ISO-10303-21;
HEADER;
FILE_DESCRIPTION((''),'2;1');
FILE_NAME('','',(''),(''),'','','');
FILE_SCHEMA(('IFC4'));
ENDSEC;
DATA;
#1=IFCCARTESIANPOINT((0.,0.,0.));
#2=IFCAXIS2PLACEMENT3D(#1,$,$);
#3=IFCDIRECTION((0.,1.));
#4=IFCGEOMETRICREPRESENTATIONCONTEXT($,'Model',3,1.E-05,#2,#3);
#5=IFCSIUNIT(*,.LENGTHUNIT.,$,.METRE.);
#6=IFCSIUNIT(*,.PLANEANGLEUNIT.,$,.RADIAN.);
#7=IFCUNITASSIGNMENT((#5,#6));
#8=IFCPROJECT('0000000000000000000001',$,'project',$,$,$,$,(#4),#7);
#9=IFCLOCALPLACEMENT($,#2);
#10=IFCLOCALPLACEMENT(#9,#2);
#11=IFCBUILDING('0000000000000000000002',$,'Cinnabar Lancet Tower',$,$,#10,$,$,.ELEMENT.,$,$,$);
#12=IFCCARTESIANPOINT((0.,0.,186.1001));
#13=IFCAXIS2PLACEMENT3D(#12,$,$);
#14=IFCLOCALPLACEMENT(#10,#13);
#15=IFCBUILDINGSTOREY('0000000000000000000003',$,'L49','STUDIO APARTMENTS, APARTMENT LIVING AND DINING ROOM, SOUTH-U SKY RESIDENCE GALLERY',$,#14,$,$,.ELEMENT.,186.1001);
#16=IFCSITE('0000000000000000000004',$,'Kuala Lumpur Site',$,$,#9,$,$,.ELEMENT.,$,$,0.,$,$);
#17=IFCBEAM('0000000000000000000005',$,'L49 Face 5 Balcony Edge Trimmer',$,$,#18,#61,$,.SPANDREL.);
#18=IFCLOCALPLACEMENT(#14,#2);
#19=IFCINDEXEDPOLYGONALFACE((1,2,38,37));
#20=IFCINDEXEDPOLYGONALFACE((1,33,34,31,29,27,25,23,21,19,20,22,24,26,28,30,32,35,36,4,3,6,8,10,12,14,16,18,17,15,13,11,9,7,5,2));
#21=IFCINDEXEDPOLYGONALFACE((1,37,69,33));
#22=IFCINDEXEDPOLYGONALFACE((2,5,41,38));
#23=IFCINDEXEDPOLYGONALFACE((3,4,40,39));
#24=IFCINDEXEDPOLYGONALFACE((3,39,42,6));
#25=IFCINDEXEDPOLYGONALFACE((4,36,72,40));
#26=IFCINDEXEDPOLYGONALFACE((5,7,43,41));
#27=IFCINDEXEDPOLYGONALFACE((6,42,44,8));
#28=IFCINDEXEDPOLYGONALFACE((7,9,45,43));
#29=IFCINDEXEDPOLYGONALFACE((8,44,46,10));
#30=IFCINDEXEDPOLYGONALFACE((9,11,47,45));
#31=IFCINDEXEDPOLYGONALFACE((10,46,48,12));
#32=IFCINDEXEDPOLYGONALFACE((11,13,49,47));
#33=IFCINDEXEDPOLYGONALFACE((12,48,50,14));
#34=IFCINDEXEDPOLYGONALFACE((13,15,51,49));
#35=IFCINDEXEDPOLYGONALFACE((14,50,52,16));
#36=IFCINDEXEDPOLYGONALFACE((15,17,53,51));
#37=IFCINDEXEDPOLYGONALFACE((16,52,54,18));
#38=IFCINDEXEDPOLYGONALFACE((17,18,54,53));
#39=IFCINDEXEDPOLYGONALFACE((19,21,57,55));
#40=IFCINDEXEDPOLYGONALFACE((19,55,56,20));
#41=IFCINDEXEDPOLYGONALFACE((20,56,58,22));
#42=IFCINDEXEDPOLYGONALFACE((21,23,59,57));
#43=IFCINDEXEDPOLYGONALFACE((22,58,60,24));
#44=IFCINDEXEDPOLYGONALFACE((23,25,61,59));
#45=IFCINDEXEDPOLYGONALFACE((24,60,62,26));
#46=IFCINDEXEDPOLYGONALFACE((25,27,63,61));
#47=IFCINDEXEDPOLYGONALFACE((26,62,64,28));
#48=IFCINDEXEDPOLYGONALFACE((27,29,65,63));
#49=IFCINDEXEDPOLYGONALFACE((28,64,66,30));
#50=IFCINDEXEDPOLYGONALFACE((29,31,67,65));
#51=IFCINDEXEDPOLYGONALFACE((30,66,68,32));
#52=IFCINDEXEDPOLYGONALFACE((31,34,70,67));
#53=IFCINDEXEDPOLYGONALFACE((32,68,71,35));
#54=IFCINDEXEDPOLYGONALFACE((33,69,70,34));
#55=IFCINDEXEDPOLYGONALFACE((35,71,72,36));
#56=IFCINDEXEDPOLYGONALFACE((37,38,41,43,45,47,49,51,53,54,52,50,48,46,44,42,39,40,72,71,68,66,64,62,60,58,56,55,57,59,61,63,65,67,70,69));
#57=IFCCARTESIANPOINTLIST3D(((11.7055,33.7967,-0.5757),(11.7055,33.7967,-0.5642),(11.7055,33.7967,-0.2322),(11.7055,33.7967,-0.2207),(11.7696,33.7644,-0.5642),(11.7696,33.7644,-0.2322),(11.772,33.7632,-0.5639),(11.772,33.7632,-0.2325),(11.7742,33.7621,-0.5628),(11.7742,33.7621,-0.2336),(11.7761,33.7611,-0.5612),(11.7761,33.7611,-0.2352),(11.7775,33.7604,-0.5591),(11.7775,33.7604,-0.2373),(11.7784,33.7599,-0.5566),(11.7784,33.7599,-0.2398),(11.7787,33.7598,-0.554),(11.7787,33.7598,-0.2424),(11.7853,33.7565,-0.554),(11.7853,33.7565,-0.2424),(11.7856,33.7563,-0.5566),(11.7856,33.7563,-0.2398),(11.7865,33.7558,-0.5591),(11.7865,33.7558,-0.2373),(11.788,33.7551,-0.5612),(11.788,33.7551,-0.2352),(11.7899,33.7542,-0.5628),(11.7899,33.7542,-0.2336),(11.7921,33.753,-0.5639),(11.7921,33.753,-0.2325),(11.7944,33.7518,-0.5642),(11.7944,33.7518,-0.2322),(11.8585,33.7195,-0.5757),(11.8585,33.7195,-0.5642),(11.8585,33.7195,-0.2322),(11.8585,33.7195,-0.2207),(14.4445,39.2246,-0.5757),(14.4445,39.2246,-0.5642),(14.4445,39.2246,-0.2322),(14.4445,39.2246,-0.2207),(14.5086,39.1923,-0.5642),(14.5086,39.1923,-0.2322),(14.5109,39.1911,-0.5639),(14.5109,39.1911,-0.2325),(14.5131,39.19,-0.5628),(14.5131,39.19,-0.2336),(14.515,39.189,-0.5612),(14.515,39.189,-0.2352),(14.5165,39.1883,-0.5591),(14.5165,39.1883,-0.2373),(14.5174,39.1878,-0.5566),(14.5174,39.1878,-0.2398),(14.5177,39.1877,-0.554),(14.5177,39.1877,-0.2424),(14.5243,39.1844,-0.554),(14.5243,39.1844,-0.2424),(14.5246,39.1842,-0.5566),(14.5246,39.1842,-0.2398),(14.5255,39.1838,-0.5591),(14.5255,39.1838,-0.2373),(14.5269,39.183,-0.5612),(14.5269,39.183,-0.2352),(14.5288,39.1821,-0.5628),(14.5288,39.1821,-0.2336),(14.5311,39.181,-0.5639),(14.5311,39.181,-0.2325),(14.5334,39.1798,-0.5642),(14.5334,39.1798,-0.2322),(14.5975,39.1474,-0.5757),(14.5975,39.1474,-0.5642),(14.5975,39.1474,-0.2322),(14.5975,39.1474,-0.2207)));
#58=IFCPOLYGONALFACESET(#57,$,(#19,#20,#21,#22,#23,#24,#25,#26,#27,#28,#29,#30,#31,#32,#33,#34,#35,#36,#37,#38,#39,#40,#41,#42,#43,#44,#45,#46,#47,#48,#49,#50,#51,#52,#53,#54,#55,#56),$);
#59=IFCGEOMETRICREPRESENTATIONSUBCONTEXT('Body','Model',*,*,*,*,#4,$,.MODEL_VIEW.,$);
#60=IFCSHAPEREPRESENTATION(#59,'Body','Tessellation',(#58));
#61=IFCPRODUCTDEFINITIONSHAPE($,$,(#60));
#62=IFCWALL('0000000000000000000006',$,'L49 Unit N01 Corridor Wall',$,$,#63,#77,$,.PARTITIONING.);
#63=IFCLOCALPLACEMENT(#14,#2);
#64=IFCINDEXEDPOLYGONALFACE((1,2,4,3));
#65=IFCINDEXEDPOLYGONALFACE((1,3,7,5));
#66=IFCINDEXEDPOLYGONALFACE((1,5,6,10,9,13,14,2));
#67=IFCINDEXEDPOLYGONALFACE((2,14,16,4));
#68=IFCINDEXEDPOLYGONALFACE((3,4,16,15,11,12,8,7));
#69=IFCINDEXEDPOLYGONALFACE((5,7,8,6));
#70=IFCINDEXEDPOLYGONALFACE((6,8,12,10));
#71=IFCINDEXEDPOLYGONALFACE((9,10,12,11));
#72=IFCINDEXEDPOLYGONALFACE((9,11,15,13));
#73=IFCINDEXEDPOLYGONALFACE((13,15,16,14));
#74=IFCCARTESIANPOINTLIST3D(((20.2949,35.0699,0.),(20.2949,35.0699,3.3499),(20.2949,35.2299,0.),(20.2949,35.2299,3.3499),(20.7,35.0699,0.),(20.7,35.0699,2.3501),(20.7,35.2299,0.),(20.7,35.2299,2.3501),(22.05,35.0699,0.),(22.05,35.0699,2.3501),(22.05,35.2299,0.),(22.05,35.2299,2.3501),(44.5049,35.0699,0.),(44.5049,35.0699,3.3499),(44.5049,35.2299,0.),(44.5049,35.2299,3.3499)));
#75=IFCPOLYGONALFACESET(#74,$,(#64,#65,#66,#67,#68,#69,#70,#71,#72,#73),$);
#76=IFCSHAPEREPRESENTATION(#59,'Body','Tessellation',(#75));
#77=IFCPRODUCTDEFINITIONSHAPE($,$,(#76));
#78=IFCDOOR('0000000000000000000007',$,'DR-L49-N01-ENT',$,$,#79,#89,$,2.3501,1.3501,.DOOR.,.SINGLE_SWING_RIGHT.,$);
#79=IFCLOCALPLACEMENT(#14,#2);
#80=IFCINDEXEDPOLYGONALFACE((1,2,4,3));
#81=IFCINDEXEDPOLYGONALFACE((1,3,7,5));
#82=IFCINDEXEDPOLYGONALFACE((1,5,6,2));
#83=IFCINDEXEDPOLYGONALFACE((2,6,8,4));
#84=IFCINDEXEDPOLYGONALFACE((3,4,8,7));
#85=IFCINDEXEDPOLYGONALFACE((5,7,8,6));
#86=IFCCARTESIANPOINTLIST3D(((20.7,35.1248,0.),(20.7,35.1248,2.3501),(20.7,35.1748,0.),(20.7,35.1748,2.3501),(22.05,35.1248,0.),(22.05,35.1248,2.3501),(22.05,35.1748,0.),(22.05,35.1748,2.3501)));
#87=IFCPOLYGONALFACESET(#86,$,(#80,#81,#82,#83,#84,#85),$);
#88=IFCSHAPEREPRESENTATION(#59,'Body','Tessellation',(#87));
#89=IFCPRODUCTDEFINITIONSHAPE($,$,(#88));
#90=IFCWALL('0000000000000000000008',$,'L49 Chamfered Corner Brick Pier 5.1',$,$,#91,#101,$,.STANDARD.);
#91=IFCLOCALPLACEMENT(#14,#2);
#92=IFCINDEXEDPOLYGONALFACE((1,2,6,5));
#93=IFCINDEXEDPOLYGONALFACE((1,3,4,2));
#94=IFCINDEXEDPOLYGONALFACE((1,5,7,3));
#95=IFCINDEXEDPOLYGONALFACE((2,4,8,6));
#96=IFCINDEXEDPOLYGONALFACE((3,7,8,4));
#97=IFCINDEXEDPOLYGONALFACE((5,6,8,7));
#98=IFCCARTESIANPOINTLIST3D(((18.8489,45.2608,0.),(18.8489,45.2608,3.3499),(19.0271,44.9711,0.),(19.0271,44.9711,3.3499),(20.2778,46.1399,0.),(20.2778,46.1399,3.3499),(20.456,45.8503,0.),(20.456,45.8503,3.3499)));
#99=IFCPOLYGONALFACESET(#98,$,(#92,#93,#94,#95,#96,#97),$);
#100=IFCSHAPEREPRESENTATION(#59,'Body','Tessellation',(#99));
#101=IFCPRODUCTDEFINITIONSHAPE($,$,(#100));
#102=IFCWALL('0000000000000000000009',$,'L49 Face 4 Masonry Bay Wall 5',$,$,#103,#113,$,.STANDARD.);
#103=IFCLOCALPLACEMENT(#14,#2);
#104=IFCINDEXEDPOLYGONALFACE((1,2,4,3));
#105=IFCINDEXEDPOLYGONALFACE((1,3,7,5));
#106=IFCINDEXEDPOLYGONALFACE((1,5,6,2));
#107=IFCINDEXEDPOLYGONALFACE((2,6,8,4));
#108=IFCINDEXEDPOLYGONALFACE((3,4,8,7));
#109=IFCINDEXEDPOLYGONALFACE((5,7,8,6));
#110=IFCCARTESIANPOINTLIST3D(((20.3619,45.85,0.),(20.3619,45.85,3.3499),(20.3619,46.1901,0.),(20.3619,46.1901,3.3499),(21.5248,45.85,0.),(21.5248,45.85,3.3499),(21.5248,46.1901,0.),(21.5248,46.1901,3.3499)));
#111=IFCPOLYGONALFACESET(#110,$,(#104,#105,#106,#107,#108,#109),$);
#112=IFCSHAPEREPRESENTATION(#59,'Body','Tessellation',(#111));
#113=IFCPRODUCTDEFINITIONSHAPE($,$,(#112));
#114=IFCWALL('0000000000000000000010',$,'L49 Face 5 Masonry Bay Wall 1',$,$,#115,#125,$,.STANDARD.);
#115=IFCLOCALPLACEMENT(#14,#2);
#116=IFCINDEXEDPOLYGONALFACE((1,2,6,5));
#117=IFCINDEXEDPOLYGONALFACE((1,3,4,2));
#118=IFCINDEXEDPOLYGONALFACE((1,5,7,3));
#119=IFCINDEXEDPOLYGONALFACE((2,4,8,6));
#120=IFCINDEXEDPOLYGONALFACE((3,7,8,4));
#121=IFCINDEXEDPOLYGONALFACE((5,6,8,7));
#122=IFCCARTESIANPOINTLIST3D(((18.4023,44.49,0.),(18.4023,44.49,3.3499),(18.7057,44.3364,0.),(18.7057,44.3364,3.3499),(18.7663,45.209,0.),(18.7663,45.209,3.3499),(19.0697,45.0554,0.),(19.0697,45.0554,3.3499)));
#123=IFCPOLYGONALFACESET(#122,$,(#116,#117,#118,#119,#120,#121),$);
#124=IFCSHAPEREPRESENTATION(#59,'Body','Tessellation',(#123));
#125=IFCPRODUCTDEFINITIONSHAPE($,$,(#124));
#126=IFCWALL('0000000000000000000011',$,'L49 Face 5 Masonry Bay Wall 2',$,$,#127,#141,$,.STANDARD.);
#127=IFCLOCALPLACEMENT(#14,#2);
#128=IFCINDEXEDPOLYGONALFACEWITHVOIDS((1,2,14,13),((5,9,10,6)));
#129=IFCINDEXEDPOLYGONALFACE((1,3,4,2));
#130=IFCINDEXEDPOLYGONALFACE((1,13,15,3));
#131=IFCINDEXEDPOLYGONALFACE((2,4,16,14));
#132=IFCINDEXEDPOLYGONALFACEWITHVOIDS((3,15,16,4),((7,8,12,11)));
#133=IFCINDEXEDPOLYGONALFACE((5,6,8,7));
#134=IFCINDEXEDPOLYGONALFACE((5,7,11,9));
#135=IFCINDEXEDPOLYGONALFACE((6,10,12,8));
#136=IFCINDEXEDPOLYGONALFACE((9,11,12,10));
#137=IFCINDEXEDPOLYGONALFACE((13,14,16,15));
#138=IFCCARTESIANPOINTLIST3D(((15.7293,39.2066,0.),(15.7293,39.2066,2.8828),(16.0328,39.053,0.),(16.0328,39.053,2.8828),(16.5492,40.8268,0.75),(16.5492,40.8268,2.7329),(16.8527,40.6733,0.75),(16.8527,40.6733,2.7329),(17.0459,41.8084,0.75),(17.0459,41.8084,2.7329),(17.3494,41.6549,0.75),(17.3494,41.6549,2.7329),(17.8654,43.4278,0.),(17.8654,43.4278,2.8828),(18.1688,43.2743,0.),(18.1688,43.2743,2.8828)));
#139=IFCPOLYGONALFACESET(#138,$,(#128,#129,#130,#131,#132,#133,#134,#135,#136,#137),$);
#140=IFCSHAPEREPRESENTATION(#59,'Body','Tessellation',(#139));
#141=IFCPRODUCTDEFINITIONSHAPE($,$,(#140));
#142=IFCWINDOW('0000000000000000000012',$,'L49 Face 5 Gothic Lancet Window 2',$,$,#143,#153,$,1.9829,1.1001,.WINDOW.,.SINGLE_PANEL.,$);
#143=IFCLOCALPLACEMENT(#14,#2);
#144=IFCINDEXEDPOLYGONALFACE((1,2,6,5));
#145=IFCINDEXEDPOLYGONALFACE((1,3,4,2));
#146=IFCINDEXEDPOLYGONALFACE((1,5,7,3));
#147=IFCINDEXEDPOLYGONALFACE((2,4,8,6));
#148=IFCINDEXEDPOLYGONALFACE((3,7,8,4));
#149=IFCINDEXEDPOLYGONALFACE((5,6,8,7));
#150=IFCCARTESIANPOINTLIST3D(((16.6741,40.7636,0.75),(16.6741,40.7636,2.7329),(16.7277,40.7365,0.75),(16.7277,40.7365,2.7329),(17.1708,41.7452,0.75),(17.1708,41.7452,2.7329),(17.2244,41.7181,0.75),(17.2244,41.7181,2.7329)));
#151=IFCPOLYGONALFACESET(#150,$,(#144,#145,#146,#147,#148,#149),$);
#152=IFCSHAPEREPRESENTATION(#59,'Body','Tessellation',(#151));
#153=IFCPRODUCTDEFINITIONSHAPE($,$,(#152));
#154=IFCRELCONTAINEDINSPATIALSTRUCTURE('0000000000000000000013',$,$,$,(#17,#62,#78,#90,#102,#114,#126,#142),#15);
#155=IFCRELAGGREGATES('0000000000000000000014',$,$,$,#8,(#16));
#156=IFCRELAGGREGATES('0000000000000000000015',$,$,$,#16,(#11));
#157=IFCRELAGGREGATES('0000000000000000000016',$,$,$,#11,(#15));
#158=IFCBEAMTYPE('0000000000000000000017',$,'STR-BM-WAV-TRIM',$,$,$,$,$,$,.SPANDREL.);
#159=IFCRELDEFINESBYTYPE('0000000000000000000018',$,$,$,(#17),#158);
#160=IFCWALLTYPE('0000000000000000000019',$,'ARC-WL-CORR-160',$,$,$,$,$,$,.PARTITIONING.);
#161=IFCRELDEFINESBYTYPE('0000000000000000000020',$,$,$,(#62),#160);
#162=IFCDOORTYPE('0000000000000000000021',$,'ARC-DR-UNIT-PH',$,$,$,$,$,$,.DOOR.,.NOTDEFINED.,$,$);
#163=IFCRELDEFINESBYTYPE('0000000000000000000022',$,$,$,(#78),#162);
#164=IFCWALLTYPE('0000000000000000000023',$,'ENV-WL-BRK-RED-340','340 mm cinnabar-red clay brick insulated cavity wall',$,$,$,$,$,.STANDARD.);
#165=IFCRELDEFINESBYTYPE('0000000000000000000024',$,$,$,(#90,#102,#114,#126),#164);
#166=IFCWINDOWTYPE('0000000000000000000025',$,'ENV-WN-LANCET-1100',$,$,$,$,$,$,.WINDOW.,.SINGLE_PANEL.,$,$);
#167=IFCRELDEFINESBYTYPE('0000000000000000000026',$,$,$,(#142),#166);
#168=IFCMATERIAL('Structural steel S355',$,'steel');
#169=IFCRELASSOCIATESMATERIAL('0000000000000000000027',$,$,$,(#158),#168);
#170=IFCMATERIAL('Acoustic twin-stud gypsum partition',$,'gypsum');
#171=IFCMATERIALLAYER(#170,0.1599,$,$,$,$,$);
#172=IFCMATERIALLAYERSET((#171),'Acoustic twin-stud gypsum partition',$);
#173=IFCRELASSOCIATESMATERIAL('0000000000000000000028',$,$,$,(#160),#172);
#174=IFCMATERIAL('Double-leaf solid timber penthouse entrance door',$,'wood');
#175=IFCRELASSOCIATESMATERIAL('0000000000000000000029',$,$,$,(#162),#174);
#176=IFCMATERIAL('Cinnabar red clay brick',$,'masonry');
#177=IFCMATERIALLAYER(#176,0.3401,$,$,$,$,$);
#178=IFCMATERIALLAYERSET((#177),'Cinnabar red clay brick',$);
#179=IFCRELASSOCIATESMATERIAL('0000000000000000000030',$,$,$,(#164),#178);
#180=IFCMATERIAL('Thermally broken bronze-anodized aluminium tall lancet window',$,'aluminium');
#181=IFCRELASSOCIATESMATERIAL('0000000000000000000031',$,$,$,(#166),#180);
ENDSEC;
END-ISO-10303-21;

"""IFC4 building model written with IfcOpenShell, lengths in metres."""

from ifc_helpers import new_model, si_unit, direction, frame, frame_2d, origin, origin_2d, place, context, subcontext, project, spatial, rectangle, i_section, extrude, material, layer, layer_set, material_profile, profile_set, type_object, element, fill, save


model = new_model("IFC4")

# Units and contexts
model_context = context("Model", 3, precision=1e-05, world=origin(), true_north=direction((0.0, 1.0)))
body_context = subcontext(model_context, "Body", "Model", "MODEL_VIEW")
ifc_project = project(units=[si_unit("LENGTHUNIT", "METRE"), si_unit("PLANEANGLEUNIT", "RADIAN")], contexts=[model_context])

# Site, building, storey
site_placement = place(None, origin())
site = spatial("IfcSite", under=ifc_project, at=site_placement, Name="Kuala Lumpur Site", CompositionType="ELEMENT", RefElevation=0.0)
building_placement = place(site_placement, origin())
building = spatial("IfcBuilding", under=site, at=building_placement, Name="Cinnabar Lancet Tower", CompositionType="ELEMENT")
storey_placement = place(building_placement, frame((0.0, 0.0, 186.1001)))
storey = spatial("IfcBuildingStorey", under=building, at=storey_placement, Name="L49", Description="STUDIO APARTMENTS, APARTMENT LIVING AND DINING ROOM, SOUTH-U SKY RESIDENCE GALLERY", CompositionType="ELEMENT", Elevation=186.1001)

# Beam
ifc_material_1 = material(Name="Structural steel S355", Category="steel")
ifc_material_profile_1 = material_profile(ifc_material_1, i_section(OverallWidth=0.1714, OverallDepth=0.355, WebThickness=0.0073, FlangeThickness=0.0115, FilletRadius=0.0103, at=origin_2d()), Name="UKB 356x171x51")
ifc_profile_set_1 = profile_set([ifc_material_profile_1], Name="Structural steel S355")
beam_type_1 = type_object("IfcBeamType", Name="STR-BM-WAV-TRIM", PredefinedType="SPANDREL", material=ifc_profile_set_1)
beam_1_placement = place(storey_placement, frame((14.521, 39.186, -0.3982), z_axis=(-0.450503, -0.892775, 0.0), x_axis=(0.892775, -0.450503, 0.0)))
element("IfcBeam", 1, at=beam_1_placement, inside=storey, type_object=beam_type_1, Name="L49 Face 5 Balcony Edge Trimmer", PredefinedType="SPANDREL", context=body_context, shape_type="SweptSolid", body=[
    extrude(i_section(OverallWidth=0.1714, OverallDepth=0.355, WebThickness=0.0073, FlangeThickness=0.0115, FilletRadius=0.0103, at=origin_2d()), origin(), (0.0, 0.0, 1.0), 6.0798),
])

# Wall, opening, door
ifc_material_2 = material(Name="Acoustic twin-stud gypsum partition", Category="gypsum")
ifc_layer_1 = layer(ifc_material_2, 0.1599)
ifc_layer_set_1 = layer_set([ifc_layer_1], Name="Acoustic twin-stud gypsum partition")
wall_type_1 = type_object("IfcWallType", Name="ARC-WL-CORR-160", PredefinedType="PARTITIONING", material=ifc_layer_set_1)
wall_1_placement = place(storey_placement, frame((20.2949, 35.1499, 0.0), z_axis=(0.0, 0.0, 1.0), x_axis=(1.0, 0.0, 0.0)))
wall_1 = element("IfcWall", 2, at=wall_1_placement, inside=storey, type_object=wall_type_1, Name="L49 Unit N01 Corridor Wall", PredefinedType="PARTITIONING", context=body_context, shape_type="SweptSolid", body=[
    extrude(rectangle(XDim=24.21, YDim=0.1599, at=frame_2d((12.105, 0.0))), origin(), (0.0, 0.0, 1.0), 3.3499),
])
opening_1_placement = place(wall_1_placement, frame((0.405, 0.0, 0.0)))
opening_1 = element("IfcOpeningElement", 3, at=opening_1_placement, cuts=wall_1, PredefinedType="OPENING", context=body_context, shape_type="SweptSolid", body=[
    extrude(rectangle(XDim=1.3501, YDim=2.3501, at=frame_2d((0.675, 1.175))), frame((0.0, 0.0898, 0.0), z_axis=(0.0, -1.0, 0.0), x_axis=(1.0, 0.0, 0.0)), (0.0, 0.0, 1.0), 0.1799),
])
ifc_material_3 = material(Name="Double-leaf solid timber penthouse entrance door", Category="wood")
door_type_1 = type_object("IfcDoorType", Name="ARC-DR-UNIT-PH", OperationType="NOTDEFINED", PredefinedType="DOOR", material=ifc_material_3)
door_1_placement = place(opening_1_placement, origin())
door_1 = element("IfcDoor", 4, at=door_1_placement, inside=storey, type_object=door_type_1, Name="DR-L49-N01-ENT", OperationType="SINGLE_SWING_RIGHT", OverallHeight=2.3501, OverallWidth=1.3501, PredefinedType="DOOR", context=body_context, shape_type="SweptSolid", body=[
    extrude(rectangle(XDim=1.3501, YDim=2.3501, at=frame_2d((0.675, 1.175))), frame((0.0, 0.0249, 0.0), z_axis=(0.0, -1.0, 0.0), x_axis=(1.0, 0.0, 0.0)), (0.0, 0.0, 1.0), 0.05),
])
fill(opening_1, door_1)

# Walls
ifc_material_4 = material(Name="Cinnabar red clay brick", Category="masonry")
ifc_layer_2 = layer(ifc_material_4, 0.3401)
ifc_layer_set_2 = layer_set([ifc_layer_2], Name="Cinnabar red clay brick")
wall_type_2 = type_object("IfcWallType", Name="ENV-WL-BRK-RED-340", Description="340 mm cinnabar-red clay brick insulated cavity wall", PredefinedType="STANDARD", material=ifc_layer_set_2)
wall_2_placement = place(storey_placement, frame((20.3669, 45.9951, 0.0), z_axis=(0.0, 0.0, 1.0), x_axis=(-0.851713, -0.524008, 0.0)))
element("IfcWall", 5, at=wall_2_placement, inside=storey, type_object=wall_type_2, Name="L49 Chamfered Corner Brick Pier 5.1", PredefinedType="STANDARD", context=body_context, shape_type="SweptSolid", body=[
    extrude(rectangle(XDim=1.6777, YDim=0.3401, at=frame_2d((0.8389, 0.0))), origin(), (0.0, 0.0, 1.0), 3.3499),
])
wall_3_placement = place(storey_placement, frame((21.5249, 46.02, 0.0), z_axis=(0.0, 0.0, 1.0), x_axis=(-1.0, 0.0, 0.0)))
element("IfcWall", 6, at=wall_3_placement, inside=storey, type_object=wall_type_2, Name="L49 Face 4 Masonry Bay Wall 5", PredefinedType="STANDARD", context=body_context, shape_type="SweptSolid", body=[
    extrude(rectangle(XDim=1.1628, YDim=0.3401, at=frame_2d((0.5815, 0.0))), origin(), (0.0, 0.0, 1.0), 3.3499),
])
wall_4_placement = place(storey_placement, frame((18.918, 45.1321, 0.0), z_axis=(0.0, 0.0, 1.0), x_axis=(-0.451692, -0.892174, 0.0)))
element("IfcWall", 7, at=wall_4_placement, inside=storey, type_object=wall_type_2, Name="L49 Face 5 Masonry Bay Wall 1", PredefinedType="STANDARD", context=body_context, shape_type="SweptSolid", body=[
    extrude(rectangle(XDim=0.8059, YDim=0.3401, at=frame_2d((0.4028, 0.0))), origin(), (0.0, 0.0, 1.0), 3.3499),
])

# Wall, opening, window
wall_5_placement = place(storey_placement, frame((18.0171, 43.3511, 0.0), z_axis=(0.0, 0.0, 1.0), x_axis=(-0.451502, -0.89227, 0.0)))
wall_5 = element("IfcWall", 8, at=wall_5_placement, inside=storey, type_object=wall_type_2, Name="L49 Face 5 Masonry Bay Wall 2", PredefinedType="STANDARD", context=body_context, shape_type="SweptSolid", body=[
    extrude(rectangle(XDim=4.731, YDim=0.3401, at=frame_2d((2.3655, 0.0))), origin(), (0.0, 0.0, 1.0), 2.8828),
])
opening_2_placement = place(wall_5_placement, frame((1.8149, 0.0, 0.75)))
opening_2 = element("IfcOpeningElement", 9, at=opening_2_placement, cuts=wall_5, PredefinedType="OPENING", context=body_context, shape_type="SweptSolid", body=[
    extrude(rectangle(XDim=1.1001, YDim=1.9829, at=frame_2d((0.55, 0.9915))), frame((0.0, 0.1799, 0.0), z_axis=(0.0, -1.0, 0.0), x_axis=(1.0, 0.0, 0.0)), (0.0, 0.0, 1.0), 0.3601),
])
ifc_material_5 = material(Name="Thermally broken bronze-anodized aluminium tall lancet window", Category="aluminium")
window_type = type_object("IfcWindowType", Name="ENV-WN-LANCET-1100", PartitioningType="SINGLE_PANEL", PredefinedType="WINDOW", material=ifc_material_5)
window_1_placement = place(opening_2_placement, origin())
window_1 = element("IfcWindow", 10, at=window_1_placement, inside=storey, type_object=window_type, Name="L49 Face 5 Gothic Lancet Window 2", OverallHeight=1.9829, OverallWidth=1.1001, PartitioningType="SINGLE_PANEL", PredefinedType="WINDOW", context=body_context, shape_type="SweptSolid", body=[
    extrude(rectangle(XDim=1.1001, YDim=1.9829, at=frame_2d((0.55, 0.9915))), frame((0.0, 0.03, 0.0), z_axis=(0.0, -1.0, 0.0), x_axis=(1.0, 0.0, 0.0)), (0.0, 0.0, 1.0), 0.0601),
])
fill(opening_2, window_1)

save(model, "model.ifc")
